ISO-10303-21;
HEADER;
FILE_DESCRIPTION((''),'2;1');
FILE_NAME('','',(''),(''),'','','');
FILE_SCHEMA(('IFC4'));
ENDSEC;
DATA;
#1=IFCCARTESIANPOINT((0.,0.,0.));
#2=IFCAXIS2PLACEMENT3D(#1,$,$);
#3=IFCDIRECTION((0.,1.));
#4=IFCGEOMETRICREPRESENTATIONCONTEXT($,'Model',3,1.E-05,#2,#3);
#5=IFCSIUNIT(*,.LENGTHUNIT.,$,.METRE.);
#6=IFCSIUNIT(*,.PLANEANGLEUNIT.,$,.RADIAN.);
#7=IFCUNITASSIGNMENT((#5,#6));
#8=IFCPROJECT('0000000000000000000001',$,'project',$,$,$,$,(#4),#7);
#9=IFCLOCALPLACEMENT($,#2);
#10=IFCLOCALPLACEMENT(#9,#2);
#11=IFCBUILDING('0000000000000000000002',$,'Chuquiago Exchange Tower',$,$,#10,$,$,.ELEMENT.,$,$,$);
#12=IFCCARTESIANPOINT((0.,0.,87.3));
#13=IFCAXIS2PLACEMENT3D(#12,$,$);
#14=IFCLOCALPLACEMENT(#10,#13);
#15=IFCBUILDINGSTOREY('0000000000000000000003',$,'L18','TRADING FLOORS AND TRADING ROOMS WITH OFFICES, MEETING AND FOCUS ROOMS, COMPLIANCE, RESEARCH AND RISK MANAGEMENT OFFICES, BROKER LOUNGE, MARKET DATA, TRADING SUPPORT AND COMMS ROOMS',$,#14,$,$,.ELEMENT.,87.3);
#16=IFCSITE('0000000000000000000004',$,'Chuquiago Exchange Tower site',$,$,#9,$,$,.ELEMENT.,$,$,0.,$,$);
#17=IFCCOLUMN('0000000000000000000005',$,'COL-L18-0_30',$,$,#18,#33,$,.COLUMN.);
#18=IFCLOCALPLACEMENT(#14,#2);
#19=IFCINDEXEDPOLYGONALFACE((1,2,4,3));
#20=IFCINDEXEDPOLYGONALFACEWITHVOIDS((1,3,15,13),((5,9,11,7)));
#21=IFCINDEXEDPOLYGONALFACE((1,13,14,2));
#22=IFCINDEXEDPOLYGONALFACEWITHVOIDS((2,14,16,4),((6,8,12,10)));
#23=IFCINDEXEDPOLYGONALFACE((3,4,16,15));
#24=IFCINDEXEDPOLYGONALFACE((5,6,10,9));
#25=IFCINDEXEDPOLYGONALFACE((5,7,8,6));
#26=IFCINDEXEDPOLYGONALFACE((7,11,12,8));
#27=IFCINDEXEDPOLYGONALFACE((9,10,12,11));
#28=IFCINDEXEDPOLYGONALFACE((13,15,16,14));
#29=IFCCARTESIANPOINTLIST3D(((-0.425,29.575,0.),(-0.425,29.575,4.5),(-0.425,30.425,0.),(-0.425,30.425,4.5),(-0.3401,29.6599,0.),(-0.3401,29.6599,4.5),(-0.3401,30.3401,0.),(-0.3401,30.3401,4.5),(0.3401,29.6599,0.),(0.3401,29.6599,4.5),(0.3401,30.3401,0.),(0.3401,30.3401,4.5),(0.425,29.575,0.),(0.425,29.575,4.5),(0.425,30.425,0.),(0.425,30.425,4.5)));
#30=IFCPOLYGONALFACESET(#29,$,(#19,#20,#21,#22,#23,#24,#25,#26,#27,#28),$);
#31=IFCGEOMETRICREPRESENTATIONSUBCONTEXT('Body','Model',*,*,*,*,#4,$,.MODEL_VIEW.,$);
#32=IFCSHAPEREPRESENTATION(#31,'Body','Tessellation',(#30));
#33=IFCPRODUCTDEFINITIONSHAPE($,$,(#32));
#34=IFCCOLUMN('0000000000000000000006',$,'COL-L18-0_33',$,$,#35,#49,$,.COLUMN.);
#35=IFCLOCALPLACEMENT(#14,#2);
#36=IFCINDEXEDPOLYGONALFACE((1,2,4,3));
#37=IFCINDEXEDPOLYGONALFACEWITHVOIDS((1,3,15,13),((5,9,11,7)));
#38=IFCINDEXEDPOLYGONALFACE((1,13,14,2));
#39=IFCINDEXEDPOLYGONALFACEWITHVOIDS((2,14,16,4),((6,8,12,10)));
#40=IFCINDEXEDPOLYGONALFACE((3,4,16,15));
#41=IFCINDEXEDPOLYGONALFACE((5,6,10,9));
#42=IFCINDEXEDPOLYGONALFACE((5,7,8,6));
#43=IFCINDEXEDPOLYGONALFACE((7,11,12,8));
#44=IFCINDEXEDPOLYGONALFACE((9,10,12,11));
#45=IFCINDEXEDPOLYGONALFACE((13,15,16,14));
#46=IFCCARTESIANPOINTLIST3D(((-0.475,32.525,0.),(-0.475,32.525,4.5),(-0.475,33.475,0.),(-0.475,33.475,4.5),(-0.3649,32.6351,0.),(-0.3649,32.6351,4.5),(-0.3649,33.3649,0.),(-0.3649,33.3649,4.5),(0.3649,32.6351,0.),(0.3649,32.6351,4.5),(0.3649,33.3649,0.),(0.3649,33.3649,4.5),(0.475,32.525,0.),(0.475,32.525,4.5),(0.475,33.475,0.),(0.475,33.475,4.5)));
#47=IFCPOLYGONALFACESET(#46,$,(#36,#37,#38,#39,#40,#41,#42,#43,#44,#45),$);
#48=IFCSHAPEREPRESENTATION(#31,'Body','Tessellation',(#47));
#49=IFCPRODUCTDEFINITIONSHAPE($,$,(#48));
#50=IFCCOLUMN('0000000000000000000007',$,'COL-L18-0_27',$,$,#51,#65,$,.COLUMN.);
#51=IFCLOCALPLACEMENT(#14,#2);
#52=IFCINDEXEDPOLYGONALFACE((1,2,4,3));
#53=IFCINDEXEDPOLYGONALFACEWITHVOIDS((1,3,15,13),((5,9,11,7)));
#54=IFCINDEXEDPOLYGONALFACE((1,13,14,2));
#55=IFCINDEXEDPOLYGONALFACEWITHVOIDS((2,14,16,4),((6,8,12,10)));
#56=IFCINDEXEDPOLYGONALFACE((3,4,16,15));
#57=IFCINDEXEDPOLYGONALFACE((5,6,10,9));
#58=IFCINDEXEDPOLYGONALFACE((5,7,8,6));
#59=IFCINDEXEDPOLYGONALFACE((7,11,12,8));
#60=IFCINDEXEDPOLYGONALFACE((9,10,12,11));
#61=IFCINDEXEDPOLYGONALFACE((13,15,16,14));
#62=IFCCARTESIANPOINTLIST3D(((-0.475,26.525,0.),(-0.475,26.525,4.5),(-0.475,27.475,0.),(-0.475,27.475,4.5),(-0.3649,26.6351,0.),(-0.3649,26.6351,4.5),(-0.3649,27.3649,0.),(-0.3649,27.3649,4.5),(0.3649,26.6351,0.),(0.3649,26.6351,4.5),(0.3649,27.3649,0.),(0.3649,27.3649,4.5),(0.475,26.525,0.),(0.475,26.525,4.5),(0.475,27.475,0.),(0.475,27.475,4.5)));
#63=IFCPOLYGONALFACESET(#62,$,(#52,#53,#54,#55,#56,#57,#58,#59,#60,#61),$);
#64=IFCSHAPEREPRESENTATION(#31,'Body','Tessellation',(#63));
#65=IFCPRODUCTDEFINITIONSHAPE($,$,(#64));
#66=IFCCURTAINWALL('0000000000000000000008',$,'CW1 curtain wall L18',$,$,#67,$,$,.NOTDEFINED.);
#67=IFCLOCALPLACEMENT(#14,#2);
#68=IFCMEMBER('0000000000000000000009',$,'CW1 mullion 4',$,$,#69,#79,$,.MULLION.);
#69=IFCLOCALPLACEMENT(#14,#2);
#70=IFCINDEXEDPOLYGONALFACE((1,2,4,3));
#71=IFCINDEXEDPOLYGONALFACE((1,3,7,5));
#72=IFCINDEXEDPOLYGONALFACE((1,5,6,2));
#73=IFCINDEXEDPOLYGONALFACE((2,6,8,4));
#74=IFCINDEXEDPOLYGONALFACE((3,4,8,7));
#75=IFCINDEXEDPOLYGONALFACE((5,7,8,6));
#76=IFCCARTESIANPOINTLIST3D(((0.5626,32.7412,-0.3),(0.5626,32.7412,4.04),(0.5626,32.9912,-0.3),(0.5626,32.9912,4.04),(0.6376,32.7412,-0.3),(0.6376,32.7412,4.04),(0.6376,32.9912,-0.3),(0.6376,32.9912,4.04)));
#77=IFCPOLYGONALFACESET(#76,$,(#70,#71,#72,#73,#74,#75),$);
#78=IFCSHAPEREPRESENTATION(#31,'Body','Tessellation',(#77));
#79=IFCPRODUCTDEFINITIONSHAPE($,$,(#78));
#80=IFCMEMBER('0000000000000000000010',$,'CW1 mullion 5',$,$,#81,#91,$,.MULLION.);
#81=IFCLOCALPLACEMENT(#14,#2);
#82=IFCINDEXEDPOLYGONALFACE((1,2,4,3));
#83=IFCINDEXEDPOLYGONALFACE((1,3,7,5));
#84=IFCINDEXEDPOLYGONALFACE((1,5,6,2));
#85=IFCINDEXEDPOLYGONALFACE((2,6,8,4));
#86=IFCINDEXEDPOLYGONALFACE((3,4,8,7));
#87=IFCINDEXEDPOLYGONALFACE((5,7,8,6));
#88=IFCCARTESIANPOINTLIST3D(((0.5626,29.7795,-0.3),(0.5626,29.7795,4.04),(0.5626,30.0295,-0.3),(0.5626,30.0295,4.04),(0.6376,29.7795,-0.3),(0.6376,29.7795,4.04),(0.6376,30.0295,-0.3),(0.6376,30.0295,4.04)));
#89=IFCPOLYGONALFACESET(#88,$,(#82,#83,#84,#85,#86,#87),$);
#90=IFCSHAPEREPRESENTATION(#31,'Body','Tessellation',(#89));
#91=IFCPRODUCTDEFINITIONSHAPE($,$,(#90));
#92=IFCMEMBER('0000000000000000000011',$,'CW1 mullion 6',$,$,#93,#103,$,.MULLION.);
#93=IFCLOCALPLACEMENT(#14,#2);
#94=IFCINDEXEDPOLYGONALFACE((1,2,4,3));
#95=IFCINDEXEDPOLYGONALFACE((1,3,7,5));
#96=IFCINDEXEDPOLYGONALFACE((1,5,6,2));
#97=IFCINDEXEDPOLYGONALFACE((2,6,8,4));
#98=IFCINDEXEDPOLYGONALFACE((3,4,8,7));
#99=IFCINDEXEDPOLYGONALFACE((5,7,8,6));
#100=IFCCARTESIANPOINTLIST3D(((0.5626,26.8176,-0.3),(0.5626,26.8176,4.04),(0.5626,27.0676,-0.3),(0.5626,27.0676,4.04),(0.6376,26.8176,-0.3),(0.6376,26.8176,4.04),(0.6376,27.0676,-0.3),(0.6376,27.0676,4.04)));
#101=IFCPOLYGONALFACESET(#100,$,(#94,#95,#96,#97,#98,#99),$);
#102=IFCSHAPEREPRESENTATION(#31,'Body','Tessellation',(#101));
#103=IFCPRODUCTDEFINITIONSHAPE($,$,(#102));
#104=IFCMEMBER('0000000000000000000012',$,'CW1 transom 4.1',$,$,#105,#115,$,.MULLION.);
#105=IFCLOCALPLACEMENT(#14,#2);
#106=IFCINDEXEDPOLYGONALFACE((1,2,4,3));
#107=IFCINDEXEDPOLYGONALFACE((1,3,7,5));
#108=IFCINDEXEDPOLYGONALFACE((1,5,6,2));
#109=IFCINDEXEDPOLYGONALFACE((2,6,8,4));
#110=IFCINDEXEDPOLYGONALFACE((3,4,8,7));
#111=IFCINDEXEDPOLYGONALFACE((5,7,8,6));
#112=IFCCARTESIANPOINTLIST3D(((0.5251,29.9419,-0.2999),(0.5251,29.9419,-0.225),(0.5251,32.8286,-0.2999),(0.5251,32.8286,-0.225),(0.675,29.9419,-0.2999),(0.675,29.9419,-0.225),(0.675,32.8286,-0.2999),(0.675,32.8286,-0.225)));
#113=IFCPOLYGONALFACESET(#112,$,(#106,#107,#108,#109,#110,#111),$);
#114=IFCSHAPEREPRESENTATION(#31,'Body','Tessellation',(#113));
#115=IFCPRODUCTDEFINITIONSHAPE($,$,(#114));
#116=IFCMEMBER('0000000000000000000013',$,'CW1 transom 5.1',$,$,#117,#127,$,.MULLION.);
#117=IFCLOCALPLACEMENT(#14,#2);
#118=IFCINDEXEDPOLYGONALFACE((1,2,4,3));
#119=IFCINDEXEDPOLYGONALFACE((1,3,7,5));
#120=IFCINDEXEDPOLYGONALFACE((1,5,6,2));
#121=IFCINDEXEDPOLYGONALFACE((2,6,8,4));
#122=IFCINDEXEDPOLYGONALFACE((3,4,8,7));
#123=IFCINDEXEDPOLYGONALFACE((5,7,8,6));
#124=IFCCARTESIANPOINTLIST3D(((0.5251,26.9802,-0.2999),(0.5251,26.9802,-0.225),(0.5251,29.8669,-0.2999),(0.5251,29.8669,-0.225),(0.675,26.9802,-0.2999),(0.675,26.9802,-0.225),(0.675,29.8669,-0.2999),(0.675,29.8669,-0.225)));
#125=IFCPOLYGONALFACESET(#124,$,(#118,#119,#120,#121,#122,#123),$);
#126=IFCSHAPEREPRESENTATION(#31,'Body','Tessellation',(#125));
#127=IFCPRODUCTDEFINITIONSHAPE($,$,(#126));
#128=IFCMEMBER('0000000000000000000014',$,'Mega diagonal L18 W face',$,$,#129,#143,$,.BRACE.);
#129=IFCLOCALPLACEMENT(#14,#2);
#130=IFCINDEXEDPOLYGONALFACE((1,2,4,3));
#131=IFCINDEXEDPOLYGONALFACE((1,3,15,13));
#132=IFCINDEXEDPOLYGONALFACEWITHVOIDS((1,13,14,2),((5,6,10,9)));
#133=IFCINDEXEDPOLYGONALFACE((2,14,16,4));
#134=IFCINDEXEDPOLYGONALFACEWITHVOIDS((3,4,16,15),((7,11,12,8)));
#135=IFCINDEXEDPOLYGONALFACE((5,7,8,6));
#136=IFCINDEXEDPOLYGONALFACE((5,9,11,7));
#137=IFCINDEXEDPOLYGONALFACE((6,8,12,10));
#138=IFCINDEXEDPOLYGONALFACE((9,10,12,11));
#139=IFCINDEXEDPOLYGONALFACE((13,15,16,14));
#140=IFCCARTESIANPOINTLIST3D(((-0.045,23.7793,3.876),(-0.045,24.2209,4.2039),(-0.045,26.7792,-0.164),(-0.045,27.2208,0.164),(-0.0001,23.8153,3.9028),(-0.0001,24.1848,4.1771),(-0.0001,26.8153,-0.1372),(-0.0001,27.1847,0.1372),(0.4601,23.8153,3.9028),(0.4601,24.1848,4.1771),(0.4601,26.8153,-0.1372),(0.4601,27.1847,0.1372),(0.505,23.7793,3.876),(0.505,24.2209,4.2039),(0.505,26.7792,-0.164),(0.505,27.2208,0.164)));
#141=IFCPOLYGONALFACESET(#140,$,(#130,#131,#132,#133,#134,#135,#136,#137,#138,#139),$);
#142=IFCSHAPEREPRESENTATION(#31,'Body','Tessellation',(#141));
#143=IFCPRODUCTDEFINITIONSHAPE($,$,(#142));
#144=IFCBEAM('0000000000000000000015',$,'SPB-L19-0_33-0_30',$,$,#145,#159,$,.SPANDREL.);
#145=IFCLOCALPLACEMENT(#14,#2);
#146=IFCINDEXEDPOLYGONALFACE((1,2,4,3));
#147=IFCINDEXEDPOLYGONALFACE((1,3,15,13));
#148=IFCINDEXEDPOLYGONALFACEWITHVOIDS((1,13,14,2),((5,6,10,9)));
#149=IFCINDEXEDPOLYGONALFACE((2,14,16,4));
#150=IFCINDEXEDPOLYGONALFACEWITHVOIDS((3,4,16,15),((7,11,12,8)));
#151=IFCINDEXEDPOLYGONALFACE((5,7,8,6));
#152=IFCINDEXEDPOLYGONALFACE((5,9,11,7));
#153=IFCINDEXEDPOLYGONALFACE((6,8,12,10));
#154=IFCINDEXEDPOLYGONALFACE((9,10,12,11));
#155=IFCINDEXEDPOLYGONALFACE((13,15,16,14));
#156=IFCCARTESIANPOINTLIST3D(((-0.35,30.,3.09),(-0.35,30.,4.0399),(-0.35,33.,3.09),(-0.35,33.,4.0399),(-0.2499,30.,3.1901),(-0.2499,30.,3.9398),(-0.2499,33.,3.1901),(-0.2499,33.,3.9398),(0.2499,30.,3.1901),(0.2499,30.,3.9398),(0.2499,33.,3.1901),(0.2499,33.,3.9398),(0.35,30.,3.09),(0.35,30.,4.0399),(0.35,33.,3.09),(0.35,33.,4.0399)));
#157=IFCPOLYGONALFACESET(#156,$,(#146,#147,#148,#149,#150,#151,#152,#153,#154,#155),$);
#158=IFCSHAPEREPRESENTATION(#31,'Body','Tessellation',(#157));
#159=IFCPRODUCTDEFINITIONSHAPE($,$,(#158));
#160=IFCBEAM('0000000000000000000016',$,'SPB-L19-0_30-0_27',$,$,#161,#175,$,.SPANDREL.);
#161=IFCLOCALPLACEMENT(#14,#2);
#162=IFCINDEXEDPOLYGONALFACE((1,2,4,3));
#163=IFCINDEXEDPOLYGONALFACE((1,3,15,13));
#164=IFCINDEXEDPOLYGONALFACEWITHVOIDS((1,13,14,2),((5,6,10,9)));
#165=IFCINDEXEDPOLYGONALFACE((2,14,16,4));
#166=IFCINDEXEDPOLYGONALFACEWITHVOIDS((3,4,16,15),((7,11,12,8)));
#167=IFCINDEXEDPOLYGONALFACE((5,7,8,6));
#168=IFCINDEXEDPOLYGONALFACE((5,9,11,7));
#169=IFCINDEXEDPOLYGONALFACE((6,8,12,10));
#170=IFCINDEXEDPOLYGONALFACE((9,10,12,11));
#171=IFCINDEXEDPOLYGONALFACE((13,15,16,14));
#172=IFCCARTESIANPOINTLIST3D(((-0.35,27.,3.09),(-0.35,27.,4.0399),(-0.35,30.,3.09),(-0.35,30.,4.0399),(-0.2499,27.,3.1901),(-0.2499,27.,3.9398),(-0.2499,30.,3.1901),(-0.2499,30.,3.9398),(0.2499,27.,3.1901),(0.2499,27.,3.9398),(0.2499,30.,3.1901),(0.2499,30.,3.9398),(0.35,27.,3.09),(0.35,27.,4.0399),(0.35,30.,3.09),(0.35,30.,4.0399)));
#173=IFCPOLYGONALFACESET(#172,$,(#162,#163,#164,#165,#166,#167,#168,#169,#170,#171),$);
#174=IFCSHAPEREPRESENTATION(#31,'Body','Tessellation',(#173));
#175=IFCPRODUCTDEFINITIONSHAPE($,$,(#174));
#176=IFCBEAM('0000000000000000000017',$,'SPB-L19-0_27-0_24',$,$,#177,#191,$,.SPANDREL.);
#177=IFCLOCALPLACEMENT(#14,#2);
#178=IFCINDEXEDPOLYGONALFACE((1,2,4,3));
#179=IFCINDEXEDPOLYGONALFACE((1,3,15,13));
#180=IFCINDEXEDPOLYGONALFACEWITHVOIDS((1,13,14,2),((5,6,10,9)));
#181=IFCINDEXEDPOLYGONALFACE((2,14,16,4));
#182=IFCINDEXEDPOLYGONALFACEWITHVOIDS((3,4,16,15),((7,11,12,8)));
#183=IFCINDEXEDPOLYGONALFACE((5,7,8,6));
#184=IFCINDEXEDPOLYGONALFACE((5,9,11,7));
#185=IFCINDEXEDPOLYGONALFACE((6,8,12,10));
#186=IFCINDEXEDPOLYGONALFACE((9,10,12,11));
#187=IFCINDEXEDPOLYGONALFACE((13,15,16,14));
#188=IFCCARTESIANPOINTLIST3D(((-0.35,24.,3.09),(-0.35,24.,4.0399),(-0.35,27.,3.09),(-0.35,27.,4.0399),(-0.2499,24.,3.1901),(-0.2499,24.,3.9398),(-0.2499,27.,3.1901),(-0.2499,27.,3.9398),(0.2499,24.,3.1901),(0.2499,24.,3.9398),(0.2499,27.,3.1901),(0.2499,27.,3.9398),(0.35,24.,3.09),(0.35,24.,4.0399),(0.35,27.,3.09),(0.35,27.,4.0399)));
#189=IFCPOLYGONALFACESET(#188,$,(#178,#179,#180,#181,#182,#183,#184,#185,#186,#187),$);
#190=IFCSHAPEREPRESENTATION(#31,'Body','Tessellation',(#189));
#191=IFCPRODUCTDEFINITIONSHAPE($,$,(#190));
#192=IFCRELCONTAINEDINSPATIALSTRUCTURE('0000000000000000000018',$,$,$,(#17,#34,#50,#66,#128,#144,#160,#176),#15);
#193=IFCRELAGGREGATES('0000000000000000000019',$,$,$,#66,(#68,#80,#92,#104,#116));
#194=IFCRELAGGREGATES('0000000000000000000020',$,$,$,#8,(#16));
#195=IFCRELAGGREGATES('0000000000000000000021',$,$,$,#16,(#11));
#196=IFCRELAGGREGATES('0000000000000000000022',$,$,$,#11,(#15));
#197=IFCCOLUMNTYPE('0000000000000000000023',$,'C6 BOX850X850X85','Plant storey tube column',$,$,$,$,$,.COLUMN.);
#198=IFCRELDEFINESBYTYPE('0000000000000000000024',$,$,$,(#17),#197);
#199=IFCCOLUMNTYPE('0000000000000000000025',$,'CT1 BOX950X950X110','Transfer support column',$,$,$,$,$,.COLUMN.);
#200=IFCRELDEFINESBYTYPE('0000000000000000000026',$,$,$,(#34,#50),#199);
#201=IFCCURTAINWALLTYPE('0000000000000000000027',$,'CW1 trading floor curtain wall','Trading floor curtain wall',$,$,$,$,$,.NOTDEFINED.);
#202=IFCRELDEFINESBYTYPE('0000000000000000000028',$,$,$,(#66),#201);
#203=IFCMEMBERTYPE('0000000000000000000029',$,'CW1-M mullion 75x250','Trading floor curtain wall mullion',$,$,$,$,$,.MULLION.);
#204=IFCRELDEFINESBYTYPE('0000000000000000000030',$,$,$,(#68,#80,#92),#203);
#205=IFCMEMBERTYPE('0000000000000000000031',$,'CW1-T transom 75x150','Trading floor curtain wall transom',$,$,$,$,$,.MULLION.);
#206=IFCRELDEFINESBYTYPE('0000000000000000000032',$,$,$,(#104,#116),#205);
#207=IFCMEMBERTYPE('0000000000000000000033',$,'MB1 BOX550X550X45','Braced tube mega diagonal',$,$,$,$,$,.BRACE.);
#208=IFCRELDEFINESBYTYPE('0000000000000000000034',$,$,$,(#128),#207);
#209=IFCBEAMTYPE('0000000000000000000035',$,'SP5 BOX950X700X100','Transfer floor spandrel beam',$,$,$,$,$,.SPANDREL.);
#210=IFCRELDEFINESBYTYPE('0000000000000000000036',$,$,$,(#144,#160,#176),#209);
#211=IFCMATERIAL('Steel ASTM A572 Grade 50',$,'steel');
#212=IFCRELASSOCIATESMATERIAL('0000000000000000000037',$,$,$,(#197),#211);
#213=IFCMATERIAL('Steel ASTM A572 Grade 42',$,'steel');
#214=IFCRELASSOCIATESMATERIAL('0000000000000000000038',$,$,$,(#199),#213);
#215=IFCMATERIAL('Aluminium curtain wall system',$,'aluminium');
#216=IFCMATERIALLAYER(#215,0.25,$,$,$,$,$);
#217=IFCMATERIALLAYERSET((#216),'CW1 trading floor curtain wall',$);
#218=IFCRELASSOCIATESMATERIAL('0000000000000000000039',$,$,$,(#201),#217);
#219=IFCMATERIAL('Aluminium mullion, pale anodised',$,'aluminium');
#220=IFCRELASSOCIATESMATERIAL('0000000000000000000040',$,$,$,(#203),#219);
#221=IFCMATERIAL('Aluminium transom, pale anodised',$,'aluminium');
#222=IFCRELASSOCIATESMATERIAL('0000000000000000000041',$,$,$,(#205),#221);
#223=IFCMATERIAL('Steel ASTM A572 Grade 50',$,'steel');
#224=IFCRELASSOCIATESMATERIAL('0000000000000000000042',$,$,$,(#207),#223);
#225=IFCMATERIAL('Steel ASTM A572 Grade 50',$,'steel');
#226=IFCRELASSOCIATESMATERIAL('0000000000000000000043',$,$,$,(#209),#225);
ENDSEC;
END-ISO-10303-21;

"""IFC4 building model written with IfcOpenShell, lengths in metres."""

from ifc_helpers import new_model, si_unit, direction, frame, origin, origin_2d, place, context, subcontext, project, spatial, rectangle, hollow_rectangle, extrude, material, layer, layer_set, material_profile, profile_set, type_object, element, aggregate, save


model = new_model("IFC4")

# Units and contexts
model_context = context("Model", 3, precision=1e-05, world=origin(), true_north=direction((0.0, 1.0)))
body_context = subcontext(model_context, "Body", "Model", "MODEL_VIEW")
ifc_project = project(units=[si_unit("LENGTHUNIT", "METRE"), si_unit("PLANEANGLEUNIT", "RADIAN")], contexts=[model_context])

# Site, building, storey
site_placement = place(None, origin())
site = spatial("IfcSite", under=ifc_project, at=site_placement, Name="Chuquiago Exchange Tower site", CompositionType="ELEMENT", RefElevation=0.0)
building_placement = place(site_placement, origin())
building = spatial("IfcBuilding", under=site, at=building_placement, Name="Chuquiago Exchange Tower", CompositionType="ELEMENT")
storey_placement = place(building_placement, frame((0.0, 0.0, 87.3)))
storey = spatial("IfcBuildingStorey", under=building, at=storey_placement, Name="L18", Description="TRADING FLOORS AND TRADING ROOMS WITH OFFICES, MEETING AND FOCUS ROOMS, COMPLIANCE, RESEARCH AND RISK MANAGEMENT OFFICES, BROKER LOUNGE, MARKET DATA, TRADING SUPPORT AND COMMS ROOMS", CompositionType="ELEMENT", Elevation=87.3)

# Columns
ifc_material_1 = material(Name="Steel ASTM A572 Grade 50", Category="steel")
ifc_material_profile_1 = material_profile(ifc_material_1, hollow_rectangle(XDim=0.8501, YDim=0.8501, WallThickness=0.085, at=origin_2d()), Name="BOX850X850X85")
ifc_profile_set_1 = profile_set([ifc_material_profile_1], Name="Steel ASTM A572 Grade 50")
column_type_1 = type_object("IfcColumnType", Name="C6 BOX850X850X85", Description="Plant storey tube column", PredefinedType="COLUMN", material=ifc_profile_set_1)
column_placement = place(storey_placement, frame((0.0, 30.0, 0.0), z_axis=(0.0, 0.0, 1.0), x_axis=(-1.0, 0.0, 0.0)))
element("IfcColumn", 1, at=column_placement, inside=storey, type_object=column_type_1, Name="COL-L18-0_30", PredefinedType="COLUMN", context=body_context, shape_type="SweptSolid", body=[
    extrude(hollow_rectangle(XDim=0.8501, YDim=0.8501, WallThickness=0.085, at=origin_2d()), origin(), (0.0, 0.0, 1.0), 4.5),
])
ifc_material_2 = material(Name="Steel ASTM A572 Grade 42", Category="steel")
ifc_material_profile_2 = material_profile(ifc_material_2, hollow_rectangle(XDim=0.95, YDim=0.95, WallThickness=0.1101, at=origin_2d()), Name="BOX950X950X110")
ifc_profile_set_2 = profile_set([ifc_material_profile_2], Name="Steel ASTM A572 Grade 42")
column_type_2 = type_object("IfcColumnType", Name="CT1 BOX950X950X110", Description="Transfer support column", PredefinedType="COLUMN", material=ifc_profile_set_2)
for number, where, z_axis, x_axis, name in (
    (2, (0.0, 33.0, 0.0), (0.0, 0.0, 1.0), (-1.0, 0.0, 0.0), "COL-L18-0_33"),
    (3, (0.0, 27.0, 0.0), (0.0, 0.0, 1.0), (-1.0, 0.0, 0.0), "COL-L18-0_27"),
):
    element("IfcColumn", number, at=place(storey_placement, frame(where, z_axis=z_axis, x_axis=x_axis)), inside=storey, type_object=column_type_2, Name=name, PredefinedType="COLUMN", context=body_context, shape_type="SweptSolid", body=[
        extrude(hollow_rectangle(XDim=0.95, YDim=0.95, WallThickness=0.1101, at=origin_2d()), origin(), (0.0, 0.0, 1.0), 4.5),
    ])

# Curtain wall, members
ifc_material_3 = material(Name="Aluminium curtain wall system", Category="aluminium")
ifc_layer_1 = layer(ifc_material_3, 0.25)
ifc_layer_set_1 = layer_set([ifc_layer_1], Name="CW1 trading floor curtain wall")
curtain_wall_type = type_object("IfcCurtainWallType", Name="CW1 trading floor curtain wall", Description="Trading floor curtain wall", PredefinedType="NOTDEFINED", material=ifc_layer_set_1)
curtain_wall_placement = place(storey_placement, origin())
curtain_wall = element("IfcCurtainWall", 4, at=curtain_wall_placement, inside=storey, type_object=curtain_wall_type, Name="CW1 curtain wall L18", PredefinedType="NOTDEFINED")
ifc_material_4 = material(Name="Aluminium mullion, pale anodised", Category="aluminium")
ifc_material_profile_3 = material_profile(ifc_material_4, rectangle(XDim=0.075, YDim=0.25, at=origin_2d()), Name="AL 75x250")
ifc_profile_set_3 = profile_set([ifc_material_profile_3], Name="Aluminium mullion, pale anodised")
member_type_1 = type_object("IfcMemberType", Name="CW1-M mullion 75x250", Description="Trading floor curtain wall mullion", PredefinedType="MULLION", material=ifc_profile_set_3)
member_1_placement = place(storey_placement, frame((0.6001, 32.8662, -0.3), z_axis=(0.0, 0.0, 1.0), x_axis=(1.0, 0.0, 0.0)))
member_1 = element("IfcMember", 5, at=member_1_placement, type_object=member_type_1, Name="CW1 mullion 4", PredefinedType="MULLION", context=body_context, shape_type="SweptSolid", body=[
    extrude(rectangle(XDim=0.075, YDim=0.25, at=origin_2d()), origin(), (0.0, 0.0, 1.0), 4.3401),
])
member_2_placement = place(storey_placement, frame((0.6001, 29.9045, -0.3), z_axis=(0.0, 0.0, 1.0), x_axis=(1.0, 0.0, 0.0)))
member_2 = element("IfcMember", 6, at=member_2_placement, type_object=member_type_1, Name="CW1 mullion 5", PredefinedType="MULLION", context=body_context, shape_type="SweptSolid", body=[
    extrude(rectangle(XDim=0.075, YDim=0.25, at=origin_2d()), origin(), (0.0, 0.0, 1.0), 4.3401),
])
member_3_placement = place(storey_placement, frame((0.6001, 26.9426, -0.3), z_axis=(0.0, 0.0, 1.0), x_axis=(1.0, 0.0, 0.0)))
member_3 = element("IfcMember", 7, at=member_3_placement, type_object=member_type_1, Name="CW1 mullion 6", PredefinedType="MULLION", context=body_context, shape_type="SweptSolid", body=[
    extrude(rectangle(XDim=0.075, YDim=0.25, at=origin_2d()), origin(), (0.0, 0.0, 1.0), 4.3401),
])
ifc_material_5 = material(Name="Aluminium transom, pale anodised", Category="aluminium")
ifc_material_profile_4 = material_profile(ifc_material_5, rectangle(XDim=0.1499, YDim=0.075, at=origin_2d()), Name="AL 150x75")
ifc_profile_set_4 = profile_set([ifc_material_profile_4], Name="Aluminium transom, pale anodised")
member_type_2 = type_object("IfcMemberType", Name="CW1-T transom 75x150", Description="Trading floor curtain wall transom", PredefinedType="MULLION", material=ifc_profile_set_4)
member_4_placement = place(storey_placement, frame((0.6001, 32.8286, -0.2625), z_axis=(0.0, -1.0, 0.0), x_axis=(1.0, 0.0, 0.0)))
member_4 = element("IfcMember", 8, at=member_4_placement, type_object=member_type_2, Name="CW1 transom 4.1", PredefinedType="MULLION", context=body_context, shape_type="SweptSolid", body=[
    extrude(rectangle(XDim=0.1499, YDim=0.075, at=origin_2d()), origin(), (0.0, 0.0, 1.0), 2.8867),
])
member_5_placement = place(storey_placement, frame((0.6001, 29.8669, -0.2625), z_axis=(0.0, -1.0, 0.0), x_axis=(1.0, 0.0, 0.0)))
member_5 = element("IfcMember", 9, at=member_5_placement, type_object=member_type_2, Name="CW1 transom 5.1", PredefinedType="MULLION", context=body_context, shape_type="SweptSolid", body=[
    extrude(rectangle(XDim=0.1499, YDim=0.075, at=origin_2d()), origin(), (0.0, 0.0, 1.0), 2.8867),
])

# Member
ifc_material_6 = material(Name="Steel ASTM A572 Grade 50", Category="steel")
ifc_material_profile_5 = material_profile(ifc_material_6, hollow_rectangle(XDim=0.55, YDim=0.55, WallThickness=0.0449, at=origin_2d()), Name="BOX550X550X45")
ifc_profile_set_5 = profile_set([ifc_material_profile_5], Name="Steel ASTM A572 Grade 50")
member_type_3 = type_object("IfcMemberType", Name="MB1 BOX550X550X45", Description="Braced tube mega diagonal", PredefinedType="BRACE", material=ifc_profile_set_5)
member_6_placement = place(storey_placement, frame((0.23, 27.0, 0.0), z_axis=(0.0, -0.596174, 0.802855), x_axis=(1.0, 0.0, 0.0)))
element("IfcMember", 10, at=member_6_placement, inside=storey, type_object=member_type_3, Name="Mega diagonal L18 W face", PredefinedType="BRACE", context=body_context, shape_type="SweptSolid", body=[
    extrude(hollow_rectangle(XDim=0.55, YDim=0.55, WallThickness=0.0449, at=origin_2d()), origin(), (0.0, 0.0, 1.0), 5.032),
])

# Beams
ifc_material_7 = material(Name="Steel ASTM A572 Grade 50", Category="steel")
ifc_material_profile_6 = material_profile(ifc_material_7, hollow_rectangle(XDim=0.7, YDim=0.95, WallThickness=0.1001, at=origin_2d()), Name="BOX950X700X100")
ifc_profile_set_6 = profile_set([ifc_material_profile_6], Name="Steel ASTM A572 Grade 50")
beam_type = type_object("IfcBeamType", Name="SP5 BOX950X700X100", Description="Transfer floor spandrel beam", PredefinedType="SPANDREL", material=ifc_profile_set_6)
for number, where, z_axis, x_axis, name in (
    (11, (0.0, 33.0, 3.5649), (0.0, -1.0, 0.0), (1.0, 0.0, 0.0), "SPB-L19-0_33-0_30"),
    (12, (0.0, 30.0, 3.5649), (0.0, -1.0, 0.0), (1.0, 0.0, 0.0), "SPB-L19-0_30-0_27"),
    (13, (0.0, 27.0, 3.5649), (0.0, -1.0, 0.0), (1.0, 0.0, 0.0), "SPB-L19-0_27-0_24"),
):
    element("IfcBeam", number, at=place(storey_placement, frame(where, z_axis=z_axis, x_axis=x_axis)), inside=storey, type_object=beam_type, Name=name, PredefinedType="SPANDREL", context=body_context, shape_type="SweptSolid", body=[
        extrude(hollow_rectangle(XDim=0.7, YDim=0.95, WallThickness=0.1001, at=origin_2d()), origin(), (0.0, 0.0, 1.0), 3.0),
    ])

aggregate(curtain_wall, [member_1, member_2, member_3, member_4, member_5])

save(model, "model.ifc")
